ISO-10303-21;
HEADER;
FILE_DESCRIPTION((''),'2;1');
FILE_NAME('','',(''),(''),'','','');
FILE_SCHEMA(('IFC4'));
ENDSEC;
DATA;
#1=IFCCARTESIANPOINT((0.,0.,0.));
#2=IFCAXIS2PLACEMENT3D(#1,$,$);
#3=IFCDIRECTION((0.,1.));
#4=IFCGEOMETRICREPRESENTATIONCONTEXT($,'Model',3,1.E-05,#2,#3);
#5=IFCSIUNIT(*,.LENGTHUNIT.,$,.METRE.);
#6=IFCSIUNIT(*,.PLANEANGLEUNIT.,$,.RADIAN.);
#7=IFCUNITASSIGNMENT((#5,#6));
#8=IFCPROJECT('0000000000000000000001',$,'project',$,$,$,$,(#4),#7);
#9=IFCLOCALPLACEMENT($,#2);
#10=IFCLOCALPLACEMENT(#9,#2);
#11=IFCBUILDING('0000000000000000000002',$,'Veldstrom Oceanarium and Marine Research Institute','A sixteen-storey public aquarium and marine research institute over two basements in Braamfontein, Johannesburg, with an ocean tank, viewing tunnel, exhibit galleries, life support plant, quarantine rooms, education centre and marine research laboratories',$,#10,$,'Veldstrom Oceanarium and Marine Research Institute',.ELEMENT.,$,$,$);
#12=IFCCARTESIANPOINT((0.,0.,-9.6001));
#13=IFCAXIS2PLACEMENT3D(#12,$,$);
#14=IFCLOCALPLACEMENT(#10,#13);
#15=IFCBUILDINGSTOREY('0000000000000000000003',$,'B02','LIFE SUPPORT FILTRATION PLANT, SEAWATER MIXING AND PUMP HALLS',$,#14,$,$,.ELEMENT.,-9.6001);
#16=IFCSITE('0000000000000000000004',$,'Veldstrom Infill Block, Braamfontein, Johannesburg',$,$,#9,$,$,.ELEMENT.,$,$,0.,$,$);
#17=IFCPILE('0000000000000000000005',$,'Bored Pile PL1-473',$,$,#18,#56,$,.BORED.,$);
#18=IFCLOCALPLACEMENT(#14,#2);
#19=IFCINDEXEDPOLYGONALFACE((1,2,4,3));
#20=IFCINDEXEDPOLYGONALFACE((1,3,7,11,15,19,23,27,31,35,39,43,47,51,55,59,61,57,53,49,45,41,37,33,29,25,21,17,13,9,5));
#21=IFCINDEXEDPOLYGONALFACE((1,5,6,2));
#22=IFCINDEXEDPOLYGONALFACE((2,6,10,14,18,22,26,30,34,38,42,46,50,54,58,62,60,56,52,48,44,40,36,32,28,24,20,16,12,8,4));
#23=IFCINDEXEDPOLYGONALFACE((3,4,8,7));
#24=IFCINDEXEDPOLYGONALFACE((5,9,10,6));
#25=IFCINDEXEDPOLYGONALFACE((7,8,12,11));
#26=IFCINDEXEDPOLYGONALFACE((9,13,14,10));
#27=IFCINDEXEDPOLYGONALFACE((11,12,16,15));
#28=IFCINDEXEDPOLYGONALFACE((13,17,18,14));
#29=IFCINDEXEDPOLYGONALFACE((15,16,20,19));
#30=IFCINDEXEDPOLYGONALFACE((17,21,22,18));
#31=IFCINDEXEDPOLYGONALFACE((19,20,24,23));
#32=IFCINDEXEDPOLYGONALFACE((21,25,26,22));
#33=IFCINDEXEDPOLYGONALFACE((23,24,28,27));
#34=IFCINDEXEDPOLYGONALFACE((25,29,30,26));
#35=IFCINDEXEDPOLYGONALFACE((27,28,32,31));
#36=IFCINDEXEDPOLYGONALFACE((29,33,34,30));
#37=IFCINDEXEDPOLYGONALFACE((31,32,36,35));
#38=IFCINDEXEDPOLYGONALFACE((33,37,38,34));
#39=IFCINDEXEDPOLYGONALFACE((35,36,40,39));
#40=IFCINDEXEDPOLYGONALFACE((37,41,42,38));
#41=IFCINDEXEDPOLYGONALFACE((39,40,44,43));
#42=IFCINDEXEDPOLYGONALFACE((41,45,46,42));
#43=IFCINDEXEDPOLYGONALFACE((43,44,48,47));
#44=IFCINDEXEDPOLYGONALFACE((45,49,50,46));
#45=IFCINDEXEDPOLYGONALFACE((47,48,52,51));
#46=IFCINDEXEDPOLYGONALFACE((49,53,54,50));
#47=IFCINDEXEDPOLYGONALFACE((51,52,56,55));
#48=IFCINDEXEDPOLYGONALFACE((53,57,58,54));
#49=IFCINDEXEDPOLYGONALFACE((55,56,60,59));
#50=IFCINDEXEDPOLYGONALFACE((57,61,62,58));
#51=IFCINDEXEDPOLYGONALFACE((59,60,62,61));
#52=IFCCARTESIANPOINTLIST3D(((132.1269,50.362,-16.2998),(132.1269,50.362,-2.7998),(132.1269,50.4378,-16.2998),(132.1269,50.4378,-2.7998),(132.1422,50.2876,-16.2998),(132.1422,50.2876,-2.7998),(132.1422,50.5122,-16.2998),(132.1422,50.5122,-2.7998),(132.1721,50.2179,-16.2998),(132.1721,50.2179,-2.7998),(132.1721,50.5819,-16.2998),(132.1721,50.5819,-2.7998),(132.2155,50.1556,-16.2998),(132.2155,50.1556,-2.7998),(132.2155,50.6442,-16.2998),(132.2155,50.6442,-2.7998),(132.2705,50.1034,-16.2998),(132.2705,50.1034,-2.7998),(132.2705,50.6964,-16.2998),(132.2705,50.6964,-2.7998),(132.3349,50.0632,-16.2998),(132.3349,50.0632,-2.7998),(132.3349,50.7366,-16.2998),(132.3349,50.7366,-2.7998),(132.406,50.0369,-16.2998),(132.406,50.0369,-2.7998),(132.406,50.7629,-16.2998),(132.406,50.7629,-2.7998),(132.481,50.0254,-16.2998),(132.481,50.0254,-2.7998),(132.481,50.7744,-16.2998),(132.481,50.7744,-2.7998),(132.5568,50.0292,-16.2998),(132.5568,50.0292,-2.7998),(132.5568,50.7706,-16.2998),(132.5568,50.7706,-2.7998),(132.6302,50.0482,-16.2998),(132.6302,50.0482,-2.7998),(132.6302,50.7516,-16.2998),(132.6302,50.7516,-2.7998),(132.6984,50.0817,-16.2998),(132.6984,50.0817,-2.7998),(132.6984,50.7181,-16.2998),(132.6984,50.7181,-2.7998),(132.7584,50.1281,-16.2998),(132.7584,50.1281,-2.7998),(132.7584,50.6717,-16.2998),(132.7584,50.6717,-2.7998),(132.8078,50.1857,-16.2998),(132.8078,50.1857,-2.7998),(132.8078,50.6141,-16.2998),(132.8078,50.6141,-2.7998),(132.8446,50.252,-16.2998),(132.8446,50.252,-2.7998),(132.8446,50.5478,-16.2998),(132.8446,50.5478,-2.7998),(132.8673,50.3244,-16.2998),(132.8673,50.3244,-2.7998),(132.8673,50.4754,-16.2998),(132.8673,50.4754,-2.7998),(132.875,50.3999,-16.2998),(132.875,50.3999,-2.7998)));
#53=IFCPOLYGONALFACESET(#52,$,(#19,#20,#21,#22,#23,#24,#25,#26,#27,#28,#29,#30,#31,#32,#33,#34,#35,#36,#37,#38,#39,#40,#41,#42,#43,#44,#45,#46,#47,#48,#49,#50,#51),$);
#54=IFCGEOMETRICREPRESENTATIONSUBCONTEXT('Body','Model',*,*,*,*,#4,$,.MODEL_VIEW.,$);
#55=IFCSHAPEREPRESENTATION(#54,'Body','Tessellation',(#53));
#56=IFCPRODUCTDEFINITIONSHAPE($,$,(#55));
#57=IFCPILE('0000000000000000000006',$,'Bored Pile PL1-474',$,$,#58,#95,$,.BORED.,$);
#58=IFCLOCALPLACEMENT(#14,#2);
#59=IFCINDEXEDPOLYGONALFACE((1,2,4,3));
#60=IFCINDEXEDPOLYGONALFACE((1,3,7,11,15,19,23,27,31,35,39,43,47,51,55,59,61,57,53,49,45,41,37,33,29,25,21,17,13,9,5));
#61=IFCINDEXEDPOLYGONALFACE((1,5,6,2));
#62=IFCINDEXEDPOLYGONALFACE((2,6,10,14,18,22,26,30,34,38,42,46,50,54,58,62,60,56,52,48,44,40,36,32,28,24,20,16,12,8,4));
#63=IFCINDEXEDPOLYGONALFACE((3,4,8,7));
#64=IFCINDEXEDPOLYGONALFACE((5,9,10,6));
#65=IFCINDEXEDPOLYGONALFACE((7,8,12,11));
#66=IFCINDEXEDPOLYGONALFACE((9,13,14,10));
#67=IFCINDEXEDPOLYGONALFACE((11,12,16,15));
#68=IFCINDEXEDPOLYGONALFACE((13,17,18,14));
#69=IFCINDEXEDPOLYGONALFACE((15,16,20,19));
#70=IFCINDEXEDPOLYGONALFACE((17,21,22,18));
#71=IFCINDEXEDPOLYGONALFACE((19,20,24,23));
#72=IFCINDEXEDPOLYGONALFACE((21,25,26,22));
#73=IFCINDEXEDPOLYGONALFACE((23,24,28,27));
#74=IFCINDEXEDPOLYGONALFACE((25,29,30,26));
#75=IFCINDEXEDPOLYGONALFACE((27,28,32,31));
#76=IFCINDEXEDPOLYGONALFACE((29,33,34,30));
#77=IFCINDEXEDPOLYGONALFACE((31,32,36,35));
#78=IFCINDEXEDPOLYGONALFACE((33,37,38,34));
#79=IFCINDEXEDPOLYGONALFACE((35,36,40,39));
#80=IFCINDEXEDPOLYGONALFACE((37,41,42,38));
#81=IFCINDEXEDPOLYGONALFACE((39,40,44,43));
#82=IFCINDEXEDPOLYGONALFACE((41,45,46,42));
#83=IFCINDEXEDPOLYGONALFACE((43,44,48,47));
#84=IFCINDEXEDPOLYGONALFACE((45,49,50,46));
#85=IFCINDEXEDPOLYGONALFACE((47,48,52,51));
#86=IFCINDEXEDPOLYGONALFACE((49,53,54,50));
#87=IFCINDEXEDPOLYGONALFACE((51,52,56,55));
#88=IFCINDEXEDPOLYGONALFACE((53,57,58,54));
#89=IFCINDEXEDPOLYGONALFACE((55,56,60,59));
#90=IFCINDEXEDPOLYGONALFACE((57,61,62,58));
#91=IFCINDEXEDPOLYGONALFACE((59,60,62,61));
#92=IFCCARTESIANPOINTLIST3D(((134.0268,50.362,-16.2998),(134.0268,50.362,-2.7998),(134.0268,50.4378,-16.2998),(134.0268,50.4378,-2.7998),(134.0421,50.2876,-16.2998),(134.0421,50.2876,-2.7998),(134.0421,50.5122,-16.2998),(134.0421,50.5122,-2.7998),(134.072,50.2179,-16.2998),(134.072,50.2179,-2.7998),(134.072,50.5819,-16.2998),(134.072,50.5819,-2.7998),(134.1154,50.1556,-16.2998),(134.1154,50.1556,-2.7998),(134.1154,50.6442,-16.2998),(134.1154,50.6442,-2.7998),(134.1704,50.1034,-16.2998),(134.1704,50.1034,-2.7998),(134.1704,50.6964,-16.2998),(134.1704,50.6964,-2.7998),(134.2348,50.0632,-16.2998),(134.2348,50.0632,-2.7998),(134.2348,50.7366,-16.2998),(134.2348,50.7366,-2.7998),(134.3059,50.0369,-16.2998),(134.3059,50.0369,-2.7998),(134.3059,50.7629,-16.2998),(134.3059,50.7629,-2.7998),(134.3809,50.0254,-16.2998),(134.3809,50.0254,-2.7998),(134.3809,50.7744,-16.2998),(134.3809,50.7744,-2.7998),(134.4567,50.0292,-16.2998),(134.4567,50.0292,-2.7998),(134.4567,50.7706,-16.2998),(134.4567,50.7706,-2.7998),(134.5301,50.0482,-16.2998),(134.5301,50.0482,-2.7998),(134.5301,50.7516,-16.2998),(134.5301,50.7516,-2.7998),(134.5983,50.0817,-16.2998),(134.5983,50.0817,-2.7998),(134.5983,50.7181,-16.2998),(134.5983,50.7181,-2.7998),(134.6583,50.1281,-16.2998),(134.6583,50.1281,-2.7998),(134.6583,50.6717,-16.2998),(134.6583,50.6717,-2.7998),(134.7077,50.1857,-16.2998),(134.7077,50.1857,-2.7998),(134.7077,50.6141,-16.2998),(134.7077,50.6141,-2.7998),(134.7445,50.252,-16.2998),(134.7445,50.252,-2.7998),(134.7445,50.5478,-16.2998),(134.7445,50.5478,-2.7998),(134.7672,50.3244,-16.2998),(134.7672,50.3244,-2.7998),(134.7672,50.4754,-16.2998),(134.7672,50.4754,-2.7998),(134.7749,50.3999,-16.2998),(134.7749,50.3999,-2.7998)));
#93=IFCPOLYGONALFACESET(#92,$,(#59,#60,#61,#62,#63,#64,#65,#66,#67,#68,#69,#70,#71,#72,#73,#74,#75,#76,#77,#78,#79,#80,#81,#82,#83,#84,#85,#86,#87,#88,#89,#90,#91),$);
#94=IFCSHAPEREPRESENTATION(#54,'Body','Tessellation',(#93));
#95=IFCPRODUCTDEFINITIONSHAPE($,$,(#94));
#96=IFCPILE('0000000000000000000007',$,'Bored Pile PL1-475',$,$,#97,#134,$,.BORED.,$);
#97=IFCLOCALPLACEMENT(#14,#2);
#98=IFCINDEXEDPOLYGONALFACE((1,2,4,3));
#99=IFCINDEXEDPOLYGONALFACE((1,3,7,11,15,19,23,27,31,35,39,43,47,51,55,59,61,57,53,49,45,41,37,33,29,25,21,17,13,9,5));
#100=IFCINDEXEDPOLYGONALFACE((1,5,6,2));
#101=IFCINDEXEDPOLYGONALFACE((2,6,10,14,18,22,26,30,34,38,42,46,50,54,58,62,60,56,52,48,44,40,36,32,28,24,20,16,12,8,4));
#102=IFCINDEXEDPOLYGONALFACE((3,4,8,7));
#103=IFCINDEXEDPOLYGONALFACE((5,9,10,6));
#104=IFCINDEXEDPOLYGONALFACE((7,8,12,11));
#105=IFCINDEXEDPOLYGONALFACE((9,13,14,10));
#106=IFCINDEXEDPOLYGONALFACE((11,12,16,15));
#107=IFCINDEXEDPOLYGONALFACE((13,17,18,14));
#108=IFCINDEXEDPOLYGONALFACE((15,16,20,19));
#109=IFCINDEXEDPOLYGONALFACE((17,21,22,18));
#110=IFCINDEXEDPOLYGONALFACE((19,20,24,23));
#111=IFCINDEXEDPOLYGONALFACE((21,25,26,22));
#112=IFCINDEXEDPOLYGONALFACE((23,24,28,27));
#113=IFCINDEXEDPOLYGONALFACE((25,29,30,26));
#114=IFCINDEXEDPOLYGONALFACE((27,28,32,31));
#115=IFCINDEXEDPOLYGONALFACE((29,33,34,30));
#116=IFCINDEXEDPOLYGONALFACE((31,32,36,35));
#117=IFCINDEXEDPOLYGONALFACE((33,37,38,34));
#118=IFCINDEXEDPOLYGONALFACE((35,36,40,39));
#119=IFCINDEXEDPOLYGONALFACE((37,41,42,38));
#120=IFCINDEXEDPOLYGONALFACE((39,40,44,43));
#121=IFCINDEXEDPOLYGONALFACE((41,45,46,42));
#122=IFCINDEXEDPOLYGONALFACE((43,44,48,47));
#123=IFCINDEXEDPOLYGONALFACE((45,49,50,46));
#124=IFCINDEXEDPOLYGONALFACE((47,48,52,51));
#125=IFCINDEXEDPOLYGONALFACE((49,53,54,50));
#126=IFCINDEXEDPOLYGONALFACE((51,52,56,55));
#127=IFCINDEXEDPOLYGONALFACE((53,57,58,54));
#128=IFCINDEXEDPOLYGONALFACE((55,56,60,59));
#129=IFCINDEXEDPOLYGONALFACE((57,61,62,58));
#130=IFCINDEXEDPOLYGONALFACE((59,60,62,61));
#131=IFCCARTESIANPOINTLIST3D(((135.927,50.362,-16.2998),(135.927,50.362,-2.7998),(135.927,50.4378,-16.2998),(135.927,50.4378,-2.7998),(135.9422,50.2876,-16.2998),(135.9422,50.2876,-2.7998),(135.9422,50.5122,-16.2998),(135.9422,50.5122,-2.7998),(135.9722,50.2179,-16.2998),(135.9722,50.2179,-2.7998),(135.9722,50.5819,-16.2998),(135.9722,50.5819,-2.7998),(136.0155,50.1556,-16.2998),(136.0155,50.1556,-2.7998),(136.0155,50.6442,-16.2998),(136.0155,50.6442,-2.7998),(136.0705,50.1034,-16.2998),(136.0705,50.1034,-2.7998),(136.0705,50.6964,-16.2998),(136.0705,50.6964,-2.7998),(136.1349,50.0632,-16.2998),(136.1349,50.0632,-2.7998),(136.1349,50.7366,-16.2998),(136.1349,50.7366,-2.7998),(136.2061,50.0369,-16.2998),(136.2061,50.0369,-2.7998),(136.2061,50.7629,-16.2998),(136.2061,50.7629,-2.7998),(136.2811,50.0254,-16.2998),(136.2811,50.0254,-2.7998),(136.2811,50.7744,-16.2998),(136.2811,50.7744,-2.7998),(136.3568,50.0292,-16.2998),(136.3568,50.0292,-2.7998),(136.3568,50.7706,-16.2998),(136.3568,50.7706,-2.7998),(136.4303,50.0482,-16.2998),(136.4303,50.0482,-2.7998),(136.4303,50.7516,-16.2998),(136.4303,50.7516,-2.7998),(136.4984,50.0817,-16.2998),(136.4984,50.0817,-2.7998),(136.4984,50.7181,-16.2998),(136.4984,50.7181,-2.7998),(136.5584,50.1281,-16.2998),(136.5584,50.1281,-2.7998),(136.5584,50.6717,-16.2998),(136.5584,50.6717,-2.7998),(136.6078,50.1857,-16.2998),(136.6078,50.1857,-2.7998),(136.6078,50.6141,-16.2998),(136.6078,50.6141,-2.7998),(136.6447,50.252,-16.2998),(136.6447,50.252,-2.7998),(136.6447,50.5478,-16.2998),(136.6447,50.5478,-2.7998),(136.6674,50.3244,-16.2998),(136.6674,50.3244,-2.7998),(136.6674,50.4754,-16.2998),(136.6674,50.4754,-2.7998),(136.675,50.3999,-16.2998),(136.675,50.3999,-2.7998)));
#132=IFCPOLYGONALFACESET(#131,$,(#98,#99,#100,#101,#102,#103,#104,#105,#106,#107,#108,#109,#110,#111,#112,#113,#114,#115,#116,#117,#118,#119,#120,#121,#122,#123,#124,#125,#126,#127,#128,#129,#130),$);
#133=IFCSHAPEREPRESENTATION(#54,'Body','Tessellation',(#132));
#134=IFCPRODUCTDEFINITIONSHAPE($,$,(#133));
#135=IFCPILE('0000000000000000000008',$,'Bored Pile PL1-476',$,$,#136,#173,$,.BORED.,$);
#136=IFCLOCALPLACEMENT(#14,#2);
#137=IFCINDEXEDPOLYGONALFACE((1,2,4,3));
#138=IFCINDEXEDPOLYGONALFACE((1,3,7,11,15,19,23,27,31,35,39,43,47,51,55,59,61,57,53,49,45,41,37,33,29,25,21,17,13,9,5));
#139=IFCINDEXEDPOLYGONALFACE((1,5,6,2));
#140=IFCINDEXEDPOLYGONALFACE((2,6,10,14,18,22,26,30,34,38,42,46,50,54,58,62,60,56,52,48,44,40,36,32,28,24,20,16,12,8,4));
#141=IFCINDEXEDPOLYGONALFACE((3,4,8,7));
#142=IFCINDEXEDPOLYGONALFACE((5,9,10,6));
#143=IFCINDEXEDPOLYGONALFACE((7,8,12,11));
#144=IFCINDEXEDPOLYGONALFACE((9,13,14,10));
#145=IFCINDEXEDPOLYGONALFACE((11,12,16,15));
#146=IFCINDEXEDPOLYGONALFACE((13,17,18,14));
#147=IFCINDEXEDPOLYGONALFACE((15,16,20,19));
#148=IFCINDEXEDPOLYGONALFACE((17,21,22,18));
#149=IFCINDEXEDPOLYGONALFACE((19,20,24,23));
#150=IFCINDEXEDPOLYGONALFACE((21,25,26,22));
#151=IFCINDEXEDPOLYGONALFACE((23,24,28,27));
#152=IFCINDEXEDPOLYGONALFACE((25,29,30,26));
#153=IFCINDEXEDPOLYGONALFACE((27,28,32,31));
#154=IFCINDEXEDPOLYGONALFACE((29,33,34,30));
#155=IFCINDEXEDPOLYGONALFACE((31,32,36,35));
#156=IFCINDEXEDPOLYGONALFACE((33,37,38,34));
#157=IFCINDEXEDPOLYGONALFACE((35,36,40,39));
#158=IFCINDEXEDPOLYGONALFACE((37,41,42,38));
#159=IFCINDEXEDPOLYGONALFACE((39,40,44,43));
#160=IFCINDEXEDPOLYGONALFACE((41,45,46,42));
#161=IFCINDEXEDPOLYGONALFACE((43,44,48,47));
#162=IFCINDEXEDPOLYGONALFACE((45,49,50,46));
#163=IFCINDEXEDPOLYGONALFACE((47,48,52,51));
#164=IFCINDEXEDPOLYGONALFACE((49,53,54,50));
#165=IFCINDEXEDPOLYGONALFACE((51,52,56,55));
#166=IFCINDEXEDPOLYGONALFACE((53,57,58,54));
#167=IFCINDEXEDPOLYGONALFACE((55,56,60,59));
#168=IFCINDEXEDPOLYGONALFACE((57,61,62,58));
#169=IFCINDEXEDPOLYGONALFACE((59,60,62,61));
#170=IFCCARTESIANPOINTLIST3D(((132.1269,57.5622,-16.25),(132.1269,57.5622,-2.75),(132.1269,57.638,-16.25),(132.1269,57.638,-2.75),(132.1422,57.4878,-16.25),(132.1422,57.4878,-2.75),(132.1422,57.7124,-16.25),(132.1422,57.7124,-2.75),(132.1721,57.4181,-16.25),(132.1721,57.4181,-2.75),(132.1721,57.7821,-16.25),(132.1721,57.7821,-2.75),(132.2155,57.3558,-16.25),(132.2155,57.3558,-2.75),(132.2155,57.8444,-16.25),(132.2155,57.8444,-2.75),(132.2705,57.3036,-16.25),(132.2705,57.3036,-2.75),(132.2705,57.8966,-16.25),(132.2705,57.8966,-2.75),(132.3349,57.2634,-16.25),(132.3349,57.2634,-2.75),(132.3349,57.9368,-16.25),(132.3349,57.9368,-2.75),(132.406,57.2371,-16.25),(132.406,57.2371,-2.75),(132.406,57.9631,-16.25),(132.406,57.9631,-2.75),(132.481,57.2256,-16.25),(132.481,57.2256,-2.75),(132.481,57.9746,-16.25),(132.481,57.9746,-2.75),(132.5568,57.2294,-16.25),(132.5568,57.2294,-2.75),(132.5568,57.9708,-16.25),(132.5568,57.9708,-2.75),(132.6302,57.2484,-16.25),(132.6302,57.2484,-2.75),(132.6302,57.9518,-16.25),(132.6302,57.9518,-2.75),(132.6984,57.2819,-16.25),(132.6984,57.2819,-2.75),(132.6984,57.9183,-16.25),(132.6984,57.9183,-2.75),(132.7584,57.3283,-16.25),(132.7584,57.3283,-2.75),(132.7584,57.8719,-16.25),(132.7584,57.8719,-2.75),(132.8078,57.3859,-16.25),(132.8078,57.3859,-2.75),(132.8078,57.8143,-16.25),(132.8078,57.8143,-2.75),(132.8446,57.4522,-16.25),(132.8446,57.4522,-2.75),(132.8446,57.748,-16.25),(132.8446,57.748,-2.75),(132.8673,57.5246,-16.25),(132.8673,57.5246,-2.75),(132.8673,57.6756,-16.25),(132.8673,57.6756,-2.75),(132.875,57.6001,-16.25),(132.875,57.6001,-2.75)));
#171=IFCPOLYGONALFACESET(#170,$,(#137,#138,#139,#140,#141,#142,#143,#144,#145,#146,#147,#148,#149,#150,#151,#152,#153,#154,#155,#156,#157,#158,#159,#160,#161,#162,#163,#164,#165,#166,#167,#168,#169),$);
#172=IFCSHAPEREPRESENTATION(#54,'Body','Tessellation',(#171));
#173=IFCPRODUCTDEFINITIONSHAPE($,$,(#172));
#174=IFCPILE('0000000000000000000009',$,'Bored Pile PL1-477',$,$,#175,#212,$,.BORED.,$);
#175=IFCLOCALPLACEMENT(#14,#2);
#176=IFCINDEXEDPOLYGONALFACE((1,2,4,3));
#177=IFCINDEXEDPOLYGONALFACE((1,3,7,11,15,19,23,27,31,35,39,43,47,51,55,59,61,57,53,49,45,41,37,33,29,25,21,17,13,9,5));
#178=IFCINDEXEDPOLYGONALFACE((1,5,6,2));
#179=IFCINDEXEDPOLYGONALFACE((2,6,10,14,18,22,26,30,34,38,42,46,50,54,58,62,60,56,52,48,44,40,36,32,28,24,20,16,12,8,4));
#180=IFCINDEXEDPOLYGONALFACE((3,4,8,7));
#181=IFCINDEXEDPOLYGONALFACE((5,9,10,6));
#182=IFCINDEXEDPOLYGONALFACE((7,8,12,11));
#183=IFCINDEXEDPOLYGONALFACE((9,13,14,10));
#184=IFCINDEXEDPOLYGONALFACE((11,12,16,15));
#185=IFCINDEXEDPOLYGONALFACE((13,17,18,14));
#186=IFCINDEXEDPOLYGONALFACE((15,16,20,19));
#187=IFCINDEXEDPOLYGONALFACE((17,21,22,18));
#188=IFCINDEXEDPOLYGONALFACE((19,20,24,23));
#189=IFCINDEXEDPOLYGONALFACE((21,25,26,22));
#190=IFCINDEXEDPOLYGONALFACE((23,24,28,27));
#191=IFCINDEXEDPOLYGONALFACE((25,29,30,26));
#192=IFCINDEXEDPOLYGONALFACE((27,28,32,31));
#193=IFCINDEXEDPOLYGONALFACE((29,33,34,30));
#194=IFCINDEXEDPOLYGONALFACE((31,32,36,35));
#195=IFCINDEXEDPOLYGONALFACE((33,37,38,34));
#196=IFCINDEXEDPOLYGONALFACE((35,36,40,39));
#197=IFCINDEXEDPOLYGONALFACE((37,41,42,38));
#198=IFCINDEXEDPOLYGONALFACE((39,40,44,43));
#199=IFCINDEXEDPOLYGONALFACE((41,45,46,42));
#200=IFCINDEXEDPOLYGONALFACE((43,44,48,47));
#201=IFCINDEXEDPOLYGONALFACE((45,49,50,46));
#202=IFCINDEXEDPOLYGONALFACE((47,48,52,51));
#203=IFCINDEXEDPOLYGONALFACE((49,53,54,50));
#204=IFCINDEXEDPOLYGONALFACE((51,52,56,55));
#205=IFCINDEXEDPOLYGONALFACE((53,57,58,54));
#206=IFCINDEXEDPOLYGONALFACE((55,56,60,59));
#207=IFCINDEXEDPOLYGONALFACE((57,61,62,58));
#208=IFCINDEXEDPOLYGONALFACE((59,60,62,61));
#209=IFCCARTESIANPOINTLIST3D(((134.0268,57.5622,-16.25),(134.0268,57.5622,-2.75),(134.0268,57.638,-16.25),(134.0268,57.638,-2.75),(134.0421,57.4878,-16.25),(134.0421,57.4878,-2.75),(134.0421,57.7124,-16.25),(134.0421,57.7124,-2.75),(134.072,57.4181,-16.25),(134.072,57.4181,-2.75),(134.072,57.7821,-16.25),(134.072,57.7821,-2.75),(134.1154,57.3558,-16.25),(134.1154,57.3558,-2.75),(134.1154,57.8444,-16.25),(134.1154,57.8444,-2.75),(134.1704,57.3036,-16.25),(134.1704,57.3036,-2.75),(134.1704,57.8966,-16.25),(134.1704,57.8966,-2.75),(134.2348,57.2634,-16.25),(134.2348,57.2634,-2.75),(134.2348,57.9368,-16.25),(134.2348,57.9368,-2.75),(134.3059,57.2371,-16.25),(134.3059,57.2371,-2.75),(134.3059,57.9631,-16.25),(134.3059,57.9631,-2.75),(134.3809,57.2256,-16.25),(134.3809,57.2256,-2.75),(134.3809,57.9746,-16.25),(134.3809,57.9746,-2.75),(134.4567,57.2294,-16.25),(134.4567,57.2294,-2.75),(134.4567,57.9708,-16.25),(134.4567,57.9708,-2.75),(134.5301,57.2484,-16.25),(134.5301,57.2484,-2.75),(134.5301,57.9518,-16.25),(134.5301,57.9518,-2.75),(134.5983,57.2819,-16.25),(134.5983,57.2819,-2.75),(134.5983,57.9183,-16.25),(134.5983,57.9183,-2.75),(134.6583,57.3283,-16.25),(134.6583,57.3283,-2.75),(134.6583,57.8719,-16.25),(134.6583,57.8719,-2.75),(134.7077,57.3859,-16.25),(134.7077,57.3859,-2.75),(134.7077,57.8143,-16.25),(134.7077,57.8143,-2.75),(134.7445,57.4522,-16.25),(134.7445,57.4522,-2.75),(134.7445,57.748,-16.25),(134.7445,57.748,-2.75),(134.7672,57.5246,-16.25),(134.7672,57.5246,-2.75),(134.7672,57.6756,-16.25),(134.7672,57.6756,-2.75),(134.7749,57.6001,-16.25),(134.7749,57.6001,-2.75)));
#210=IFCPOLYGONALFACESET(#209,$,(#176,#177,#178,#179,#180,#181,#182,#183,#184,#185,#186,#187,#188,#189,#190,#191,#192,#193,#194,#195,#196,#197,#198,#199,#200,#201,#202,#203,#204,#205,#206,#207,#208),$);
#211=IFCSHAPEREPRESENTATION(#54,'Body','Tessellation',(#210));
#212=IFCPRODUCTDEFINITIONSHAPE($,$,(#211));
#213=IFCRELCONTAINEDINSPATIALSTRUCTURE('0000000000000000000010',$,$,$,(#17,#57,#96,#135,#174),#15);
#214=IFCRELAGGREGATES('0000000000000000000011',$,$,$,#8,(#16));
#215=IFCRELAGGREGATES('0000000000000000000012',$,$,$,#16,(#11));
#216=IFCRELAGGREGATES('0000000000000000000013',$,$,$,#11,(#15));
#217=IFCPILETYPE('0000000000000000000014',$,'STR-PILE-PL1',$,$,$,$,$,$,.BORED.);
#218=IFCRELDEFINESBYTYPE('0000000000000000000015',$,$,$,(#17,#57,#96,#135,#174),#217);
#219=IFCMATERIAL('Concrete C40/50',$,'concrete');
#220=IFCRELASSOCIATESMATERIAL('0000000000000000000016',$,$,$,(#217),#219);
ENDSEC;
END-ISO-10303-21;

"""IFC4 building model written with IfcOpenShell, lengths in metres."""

from ifc_helpers import new_model, si_unit, direction, frame, origin, origin_2d, place, context, subcontext, project, spatial, circle, extrude, material, material_profile, profile_set, type_object, element, save


model = new_model("IFC4")

# Units and contexts
model_context = context("Model", 3, precision=1e-05, world=origin(), true_north=direction((0.0, 1.0)))
body_context = subcontext(model_context, "Body", "Model", "MODEL_VIEW")
ifc_project = project(units=[si_unit("LENGTHUNIT", "METRE"), si_unit("PLANEANGLEUNIT", "RADIAN")], contexts=[model_context])

# Site, building, storey
site_placement = place(None, origin())
site = spatial("IfcSite", under=ifc_project, at=site_placement, Name="Veldstrom Infill Block, Braamfontein, Johannesburg", CompositionType="ELEMENT", RefElevation=0.0)
building_placement = place(site_placement, origin())
building = spatial("IfcBuilding", under=site, at=building_placement, Name="Veldstrom Oceanarium and Marine Research Institute", Description="A sixteen-storey public aquarium and marine research institute over two basements in Braamfontein, Johannesburg, with an ocean tank, viewing tunnel, exhibit galleries, life support plant, quarantine rooms, education centre and marine research laboratories", LongName="Veldstrom Oceanarium and Marine Research Institute", CompositionType="ELEMENT")
storey_placement = place(building_placement, frame((0.0, 0.0, -9.6001)))
storey = spatial("IfcBuildingStorey", under=building, at=storey_placement, Name="B02", Description="LIFE SUPPORT FILTRATION PLANT, SEAWATER MIXING AND PUMP HALLS", CompositionType="ELEMENT", Elevation=-9.6001)

# Piles
ifc_material_1 = material(Name="Concrete C40/50", Category="concrete")
ifc_material_profile_1 = material_profile(ifc_material_1, circle(Radius=0.375, at=origin_2d()), Name="PILE-D750")
ifc_profile_set_1 = profile_set([ifc_material_profile_1], Name="Concrete C40/50")
pile_type = type_object("IfcPileType", Name="STR-PILE-PL1", PredefinedType="BORED", material=ifc_profile_set_1)
for number, where, z_axis, x_axis, name in (
    (1, (132.5, 50.3999, -2.7998), (0.0, 0.0, -1.0), (1.0, 0.0, 0.0), "Bored Pile PL1-473"),
    (2, (134.3999, 50.3999, -2.7998), (0.0, 0.0, -1.0), (1.0, 0.0, 0.0), "Bored Pile PL1-474"),
    (3, (136.3, 50.3999, -2.7998), (0.0, 0.0, -1.0), (1.0, 0.0, 0.0), "Bored Pile PL1-475"),
    (4, (132.5, 57.6001, -2.75), (0.0, 0.0, -1.0), (1.0, 0.0, 0.0), "Bored Pile PL1-476"),
    (5, (134.3999, 57.6001, -2.75), (0.0, 0.0, -1.0), (1.0, 0.0, 0.0), "Bored Pile PL1-477"),
):
    element("IfcPile", number, at=place(storey_placement, frame(where, z_axis=z_axis, x_axis=x_axis)), inside=storey, type_object=pile_type, Name=name, PredefinedType="BORED", context=body_context, shape_type="SweptSolid", body=[
        extrude(circle(Radius=0.375, at=origin_2d()), origin(), (0.0, 0.0, 1.0), 13.5),
    ])

save(model, "model.ifc")
